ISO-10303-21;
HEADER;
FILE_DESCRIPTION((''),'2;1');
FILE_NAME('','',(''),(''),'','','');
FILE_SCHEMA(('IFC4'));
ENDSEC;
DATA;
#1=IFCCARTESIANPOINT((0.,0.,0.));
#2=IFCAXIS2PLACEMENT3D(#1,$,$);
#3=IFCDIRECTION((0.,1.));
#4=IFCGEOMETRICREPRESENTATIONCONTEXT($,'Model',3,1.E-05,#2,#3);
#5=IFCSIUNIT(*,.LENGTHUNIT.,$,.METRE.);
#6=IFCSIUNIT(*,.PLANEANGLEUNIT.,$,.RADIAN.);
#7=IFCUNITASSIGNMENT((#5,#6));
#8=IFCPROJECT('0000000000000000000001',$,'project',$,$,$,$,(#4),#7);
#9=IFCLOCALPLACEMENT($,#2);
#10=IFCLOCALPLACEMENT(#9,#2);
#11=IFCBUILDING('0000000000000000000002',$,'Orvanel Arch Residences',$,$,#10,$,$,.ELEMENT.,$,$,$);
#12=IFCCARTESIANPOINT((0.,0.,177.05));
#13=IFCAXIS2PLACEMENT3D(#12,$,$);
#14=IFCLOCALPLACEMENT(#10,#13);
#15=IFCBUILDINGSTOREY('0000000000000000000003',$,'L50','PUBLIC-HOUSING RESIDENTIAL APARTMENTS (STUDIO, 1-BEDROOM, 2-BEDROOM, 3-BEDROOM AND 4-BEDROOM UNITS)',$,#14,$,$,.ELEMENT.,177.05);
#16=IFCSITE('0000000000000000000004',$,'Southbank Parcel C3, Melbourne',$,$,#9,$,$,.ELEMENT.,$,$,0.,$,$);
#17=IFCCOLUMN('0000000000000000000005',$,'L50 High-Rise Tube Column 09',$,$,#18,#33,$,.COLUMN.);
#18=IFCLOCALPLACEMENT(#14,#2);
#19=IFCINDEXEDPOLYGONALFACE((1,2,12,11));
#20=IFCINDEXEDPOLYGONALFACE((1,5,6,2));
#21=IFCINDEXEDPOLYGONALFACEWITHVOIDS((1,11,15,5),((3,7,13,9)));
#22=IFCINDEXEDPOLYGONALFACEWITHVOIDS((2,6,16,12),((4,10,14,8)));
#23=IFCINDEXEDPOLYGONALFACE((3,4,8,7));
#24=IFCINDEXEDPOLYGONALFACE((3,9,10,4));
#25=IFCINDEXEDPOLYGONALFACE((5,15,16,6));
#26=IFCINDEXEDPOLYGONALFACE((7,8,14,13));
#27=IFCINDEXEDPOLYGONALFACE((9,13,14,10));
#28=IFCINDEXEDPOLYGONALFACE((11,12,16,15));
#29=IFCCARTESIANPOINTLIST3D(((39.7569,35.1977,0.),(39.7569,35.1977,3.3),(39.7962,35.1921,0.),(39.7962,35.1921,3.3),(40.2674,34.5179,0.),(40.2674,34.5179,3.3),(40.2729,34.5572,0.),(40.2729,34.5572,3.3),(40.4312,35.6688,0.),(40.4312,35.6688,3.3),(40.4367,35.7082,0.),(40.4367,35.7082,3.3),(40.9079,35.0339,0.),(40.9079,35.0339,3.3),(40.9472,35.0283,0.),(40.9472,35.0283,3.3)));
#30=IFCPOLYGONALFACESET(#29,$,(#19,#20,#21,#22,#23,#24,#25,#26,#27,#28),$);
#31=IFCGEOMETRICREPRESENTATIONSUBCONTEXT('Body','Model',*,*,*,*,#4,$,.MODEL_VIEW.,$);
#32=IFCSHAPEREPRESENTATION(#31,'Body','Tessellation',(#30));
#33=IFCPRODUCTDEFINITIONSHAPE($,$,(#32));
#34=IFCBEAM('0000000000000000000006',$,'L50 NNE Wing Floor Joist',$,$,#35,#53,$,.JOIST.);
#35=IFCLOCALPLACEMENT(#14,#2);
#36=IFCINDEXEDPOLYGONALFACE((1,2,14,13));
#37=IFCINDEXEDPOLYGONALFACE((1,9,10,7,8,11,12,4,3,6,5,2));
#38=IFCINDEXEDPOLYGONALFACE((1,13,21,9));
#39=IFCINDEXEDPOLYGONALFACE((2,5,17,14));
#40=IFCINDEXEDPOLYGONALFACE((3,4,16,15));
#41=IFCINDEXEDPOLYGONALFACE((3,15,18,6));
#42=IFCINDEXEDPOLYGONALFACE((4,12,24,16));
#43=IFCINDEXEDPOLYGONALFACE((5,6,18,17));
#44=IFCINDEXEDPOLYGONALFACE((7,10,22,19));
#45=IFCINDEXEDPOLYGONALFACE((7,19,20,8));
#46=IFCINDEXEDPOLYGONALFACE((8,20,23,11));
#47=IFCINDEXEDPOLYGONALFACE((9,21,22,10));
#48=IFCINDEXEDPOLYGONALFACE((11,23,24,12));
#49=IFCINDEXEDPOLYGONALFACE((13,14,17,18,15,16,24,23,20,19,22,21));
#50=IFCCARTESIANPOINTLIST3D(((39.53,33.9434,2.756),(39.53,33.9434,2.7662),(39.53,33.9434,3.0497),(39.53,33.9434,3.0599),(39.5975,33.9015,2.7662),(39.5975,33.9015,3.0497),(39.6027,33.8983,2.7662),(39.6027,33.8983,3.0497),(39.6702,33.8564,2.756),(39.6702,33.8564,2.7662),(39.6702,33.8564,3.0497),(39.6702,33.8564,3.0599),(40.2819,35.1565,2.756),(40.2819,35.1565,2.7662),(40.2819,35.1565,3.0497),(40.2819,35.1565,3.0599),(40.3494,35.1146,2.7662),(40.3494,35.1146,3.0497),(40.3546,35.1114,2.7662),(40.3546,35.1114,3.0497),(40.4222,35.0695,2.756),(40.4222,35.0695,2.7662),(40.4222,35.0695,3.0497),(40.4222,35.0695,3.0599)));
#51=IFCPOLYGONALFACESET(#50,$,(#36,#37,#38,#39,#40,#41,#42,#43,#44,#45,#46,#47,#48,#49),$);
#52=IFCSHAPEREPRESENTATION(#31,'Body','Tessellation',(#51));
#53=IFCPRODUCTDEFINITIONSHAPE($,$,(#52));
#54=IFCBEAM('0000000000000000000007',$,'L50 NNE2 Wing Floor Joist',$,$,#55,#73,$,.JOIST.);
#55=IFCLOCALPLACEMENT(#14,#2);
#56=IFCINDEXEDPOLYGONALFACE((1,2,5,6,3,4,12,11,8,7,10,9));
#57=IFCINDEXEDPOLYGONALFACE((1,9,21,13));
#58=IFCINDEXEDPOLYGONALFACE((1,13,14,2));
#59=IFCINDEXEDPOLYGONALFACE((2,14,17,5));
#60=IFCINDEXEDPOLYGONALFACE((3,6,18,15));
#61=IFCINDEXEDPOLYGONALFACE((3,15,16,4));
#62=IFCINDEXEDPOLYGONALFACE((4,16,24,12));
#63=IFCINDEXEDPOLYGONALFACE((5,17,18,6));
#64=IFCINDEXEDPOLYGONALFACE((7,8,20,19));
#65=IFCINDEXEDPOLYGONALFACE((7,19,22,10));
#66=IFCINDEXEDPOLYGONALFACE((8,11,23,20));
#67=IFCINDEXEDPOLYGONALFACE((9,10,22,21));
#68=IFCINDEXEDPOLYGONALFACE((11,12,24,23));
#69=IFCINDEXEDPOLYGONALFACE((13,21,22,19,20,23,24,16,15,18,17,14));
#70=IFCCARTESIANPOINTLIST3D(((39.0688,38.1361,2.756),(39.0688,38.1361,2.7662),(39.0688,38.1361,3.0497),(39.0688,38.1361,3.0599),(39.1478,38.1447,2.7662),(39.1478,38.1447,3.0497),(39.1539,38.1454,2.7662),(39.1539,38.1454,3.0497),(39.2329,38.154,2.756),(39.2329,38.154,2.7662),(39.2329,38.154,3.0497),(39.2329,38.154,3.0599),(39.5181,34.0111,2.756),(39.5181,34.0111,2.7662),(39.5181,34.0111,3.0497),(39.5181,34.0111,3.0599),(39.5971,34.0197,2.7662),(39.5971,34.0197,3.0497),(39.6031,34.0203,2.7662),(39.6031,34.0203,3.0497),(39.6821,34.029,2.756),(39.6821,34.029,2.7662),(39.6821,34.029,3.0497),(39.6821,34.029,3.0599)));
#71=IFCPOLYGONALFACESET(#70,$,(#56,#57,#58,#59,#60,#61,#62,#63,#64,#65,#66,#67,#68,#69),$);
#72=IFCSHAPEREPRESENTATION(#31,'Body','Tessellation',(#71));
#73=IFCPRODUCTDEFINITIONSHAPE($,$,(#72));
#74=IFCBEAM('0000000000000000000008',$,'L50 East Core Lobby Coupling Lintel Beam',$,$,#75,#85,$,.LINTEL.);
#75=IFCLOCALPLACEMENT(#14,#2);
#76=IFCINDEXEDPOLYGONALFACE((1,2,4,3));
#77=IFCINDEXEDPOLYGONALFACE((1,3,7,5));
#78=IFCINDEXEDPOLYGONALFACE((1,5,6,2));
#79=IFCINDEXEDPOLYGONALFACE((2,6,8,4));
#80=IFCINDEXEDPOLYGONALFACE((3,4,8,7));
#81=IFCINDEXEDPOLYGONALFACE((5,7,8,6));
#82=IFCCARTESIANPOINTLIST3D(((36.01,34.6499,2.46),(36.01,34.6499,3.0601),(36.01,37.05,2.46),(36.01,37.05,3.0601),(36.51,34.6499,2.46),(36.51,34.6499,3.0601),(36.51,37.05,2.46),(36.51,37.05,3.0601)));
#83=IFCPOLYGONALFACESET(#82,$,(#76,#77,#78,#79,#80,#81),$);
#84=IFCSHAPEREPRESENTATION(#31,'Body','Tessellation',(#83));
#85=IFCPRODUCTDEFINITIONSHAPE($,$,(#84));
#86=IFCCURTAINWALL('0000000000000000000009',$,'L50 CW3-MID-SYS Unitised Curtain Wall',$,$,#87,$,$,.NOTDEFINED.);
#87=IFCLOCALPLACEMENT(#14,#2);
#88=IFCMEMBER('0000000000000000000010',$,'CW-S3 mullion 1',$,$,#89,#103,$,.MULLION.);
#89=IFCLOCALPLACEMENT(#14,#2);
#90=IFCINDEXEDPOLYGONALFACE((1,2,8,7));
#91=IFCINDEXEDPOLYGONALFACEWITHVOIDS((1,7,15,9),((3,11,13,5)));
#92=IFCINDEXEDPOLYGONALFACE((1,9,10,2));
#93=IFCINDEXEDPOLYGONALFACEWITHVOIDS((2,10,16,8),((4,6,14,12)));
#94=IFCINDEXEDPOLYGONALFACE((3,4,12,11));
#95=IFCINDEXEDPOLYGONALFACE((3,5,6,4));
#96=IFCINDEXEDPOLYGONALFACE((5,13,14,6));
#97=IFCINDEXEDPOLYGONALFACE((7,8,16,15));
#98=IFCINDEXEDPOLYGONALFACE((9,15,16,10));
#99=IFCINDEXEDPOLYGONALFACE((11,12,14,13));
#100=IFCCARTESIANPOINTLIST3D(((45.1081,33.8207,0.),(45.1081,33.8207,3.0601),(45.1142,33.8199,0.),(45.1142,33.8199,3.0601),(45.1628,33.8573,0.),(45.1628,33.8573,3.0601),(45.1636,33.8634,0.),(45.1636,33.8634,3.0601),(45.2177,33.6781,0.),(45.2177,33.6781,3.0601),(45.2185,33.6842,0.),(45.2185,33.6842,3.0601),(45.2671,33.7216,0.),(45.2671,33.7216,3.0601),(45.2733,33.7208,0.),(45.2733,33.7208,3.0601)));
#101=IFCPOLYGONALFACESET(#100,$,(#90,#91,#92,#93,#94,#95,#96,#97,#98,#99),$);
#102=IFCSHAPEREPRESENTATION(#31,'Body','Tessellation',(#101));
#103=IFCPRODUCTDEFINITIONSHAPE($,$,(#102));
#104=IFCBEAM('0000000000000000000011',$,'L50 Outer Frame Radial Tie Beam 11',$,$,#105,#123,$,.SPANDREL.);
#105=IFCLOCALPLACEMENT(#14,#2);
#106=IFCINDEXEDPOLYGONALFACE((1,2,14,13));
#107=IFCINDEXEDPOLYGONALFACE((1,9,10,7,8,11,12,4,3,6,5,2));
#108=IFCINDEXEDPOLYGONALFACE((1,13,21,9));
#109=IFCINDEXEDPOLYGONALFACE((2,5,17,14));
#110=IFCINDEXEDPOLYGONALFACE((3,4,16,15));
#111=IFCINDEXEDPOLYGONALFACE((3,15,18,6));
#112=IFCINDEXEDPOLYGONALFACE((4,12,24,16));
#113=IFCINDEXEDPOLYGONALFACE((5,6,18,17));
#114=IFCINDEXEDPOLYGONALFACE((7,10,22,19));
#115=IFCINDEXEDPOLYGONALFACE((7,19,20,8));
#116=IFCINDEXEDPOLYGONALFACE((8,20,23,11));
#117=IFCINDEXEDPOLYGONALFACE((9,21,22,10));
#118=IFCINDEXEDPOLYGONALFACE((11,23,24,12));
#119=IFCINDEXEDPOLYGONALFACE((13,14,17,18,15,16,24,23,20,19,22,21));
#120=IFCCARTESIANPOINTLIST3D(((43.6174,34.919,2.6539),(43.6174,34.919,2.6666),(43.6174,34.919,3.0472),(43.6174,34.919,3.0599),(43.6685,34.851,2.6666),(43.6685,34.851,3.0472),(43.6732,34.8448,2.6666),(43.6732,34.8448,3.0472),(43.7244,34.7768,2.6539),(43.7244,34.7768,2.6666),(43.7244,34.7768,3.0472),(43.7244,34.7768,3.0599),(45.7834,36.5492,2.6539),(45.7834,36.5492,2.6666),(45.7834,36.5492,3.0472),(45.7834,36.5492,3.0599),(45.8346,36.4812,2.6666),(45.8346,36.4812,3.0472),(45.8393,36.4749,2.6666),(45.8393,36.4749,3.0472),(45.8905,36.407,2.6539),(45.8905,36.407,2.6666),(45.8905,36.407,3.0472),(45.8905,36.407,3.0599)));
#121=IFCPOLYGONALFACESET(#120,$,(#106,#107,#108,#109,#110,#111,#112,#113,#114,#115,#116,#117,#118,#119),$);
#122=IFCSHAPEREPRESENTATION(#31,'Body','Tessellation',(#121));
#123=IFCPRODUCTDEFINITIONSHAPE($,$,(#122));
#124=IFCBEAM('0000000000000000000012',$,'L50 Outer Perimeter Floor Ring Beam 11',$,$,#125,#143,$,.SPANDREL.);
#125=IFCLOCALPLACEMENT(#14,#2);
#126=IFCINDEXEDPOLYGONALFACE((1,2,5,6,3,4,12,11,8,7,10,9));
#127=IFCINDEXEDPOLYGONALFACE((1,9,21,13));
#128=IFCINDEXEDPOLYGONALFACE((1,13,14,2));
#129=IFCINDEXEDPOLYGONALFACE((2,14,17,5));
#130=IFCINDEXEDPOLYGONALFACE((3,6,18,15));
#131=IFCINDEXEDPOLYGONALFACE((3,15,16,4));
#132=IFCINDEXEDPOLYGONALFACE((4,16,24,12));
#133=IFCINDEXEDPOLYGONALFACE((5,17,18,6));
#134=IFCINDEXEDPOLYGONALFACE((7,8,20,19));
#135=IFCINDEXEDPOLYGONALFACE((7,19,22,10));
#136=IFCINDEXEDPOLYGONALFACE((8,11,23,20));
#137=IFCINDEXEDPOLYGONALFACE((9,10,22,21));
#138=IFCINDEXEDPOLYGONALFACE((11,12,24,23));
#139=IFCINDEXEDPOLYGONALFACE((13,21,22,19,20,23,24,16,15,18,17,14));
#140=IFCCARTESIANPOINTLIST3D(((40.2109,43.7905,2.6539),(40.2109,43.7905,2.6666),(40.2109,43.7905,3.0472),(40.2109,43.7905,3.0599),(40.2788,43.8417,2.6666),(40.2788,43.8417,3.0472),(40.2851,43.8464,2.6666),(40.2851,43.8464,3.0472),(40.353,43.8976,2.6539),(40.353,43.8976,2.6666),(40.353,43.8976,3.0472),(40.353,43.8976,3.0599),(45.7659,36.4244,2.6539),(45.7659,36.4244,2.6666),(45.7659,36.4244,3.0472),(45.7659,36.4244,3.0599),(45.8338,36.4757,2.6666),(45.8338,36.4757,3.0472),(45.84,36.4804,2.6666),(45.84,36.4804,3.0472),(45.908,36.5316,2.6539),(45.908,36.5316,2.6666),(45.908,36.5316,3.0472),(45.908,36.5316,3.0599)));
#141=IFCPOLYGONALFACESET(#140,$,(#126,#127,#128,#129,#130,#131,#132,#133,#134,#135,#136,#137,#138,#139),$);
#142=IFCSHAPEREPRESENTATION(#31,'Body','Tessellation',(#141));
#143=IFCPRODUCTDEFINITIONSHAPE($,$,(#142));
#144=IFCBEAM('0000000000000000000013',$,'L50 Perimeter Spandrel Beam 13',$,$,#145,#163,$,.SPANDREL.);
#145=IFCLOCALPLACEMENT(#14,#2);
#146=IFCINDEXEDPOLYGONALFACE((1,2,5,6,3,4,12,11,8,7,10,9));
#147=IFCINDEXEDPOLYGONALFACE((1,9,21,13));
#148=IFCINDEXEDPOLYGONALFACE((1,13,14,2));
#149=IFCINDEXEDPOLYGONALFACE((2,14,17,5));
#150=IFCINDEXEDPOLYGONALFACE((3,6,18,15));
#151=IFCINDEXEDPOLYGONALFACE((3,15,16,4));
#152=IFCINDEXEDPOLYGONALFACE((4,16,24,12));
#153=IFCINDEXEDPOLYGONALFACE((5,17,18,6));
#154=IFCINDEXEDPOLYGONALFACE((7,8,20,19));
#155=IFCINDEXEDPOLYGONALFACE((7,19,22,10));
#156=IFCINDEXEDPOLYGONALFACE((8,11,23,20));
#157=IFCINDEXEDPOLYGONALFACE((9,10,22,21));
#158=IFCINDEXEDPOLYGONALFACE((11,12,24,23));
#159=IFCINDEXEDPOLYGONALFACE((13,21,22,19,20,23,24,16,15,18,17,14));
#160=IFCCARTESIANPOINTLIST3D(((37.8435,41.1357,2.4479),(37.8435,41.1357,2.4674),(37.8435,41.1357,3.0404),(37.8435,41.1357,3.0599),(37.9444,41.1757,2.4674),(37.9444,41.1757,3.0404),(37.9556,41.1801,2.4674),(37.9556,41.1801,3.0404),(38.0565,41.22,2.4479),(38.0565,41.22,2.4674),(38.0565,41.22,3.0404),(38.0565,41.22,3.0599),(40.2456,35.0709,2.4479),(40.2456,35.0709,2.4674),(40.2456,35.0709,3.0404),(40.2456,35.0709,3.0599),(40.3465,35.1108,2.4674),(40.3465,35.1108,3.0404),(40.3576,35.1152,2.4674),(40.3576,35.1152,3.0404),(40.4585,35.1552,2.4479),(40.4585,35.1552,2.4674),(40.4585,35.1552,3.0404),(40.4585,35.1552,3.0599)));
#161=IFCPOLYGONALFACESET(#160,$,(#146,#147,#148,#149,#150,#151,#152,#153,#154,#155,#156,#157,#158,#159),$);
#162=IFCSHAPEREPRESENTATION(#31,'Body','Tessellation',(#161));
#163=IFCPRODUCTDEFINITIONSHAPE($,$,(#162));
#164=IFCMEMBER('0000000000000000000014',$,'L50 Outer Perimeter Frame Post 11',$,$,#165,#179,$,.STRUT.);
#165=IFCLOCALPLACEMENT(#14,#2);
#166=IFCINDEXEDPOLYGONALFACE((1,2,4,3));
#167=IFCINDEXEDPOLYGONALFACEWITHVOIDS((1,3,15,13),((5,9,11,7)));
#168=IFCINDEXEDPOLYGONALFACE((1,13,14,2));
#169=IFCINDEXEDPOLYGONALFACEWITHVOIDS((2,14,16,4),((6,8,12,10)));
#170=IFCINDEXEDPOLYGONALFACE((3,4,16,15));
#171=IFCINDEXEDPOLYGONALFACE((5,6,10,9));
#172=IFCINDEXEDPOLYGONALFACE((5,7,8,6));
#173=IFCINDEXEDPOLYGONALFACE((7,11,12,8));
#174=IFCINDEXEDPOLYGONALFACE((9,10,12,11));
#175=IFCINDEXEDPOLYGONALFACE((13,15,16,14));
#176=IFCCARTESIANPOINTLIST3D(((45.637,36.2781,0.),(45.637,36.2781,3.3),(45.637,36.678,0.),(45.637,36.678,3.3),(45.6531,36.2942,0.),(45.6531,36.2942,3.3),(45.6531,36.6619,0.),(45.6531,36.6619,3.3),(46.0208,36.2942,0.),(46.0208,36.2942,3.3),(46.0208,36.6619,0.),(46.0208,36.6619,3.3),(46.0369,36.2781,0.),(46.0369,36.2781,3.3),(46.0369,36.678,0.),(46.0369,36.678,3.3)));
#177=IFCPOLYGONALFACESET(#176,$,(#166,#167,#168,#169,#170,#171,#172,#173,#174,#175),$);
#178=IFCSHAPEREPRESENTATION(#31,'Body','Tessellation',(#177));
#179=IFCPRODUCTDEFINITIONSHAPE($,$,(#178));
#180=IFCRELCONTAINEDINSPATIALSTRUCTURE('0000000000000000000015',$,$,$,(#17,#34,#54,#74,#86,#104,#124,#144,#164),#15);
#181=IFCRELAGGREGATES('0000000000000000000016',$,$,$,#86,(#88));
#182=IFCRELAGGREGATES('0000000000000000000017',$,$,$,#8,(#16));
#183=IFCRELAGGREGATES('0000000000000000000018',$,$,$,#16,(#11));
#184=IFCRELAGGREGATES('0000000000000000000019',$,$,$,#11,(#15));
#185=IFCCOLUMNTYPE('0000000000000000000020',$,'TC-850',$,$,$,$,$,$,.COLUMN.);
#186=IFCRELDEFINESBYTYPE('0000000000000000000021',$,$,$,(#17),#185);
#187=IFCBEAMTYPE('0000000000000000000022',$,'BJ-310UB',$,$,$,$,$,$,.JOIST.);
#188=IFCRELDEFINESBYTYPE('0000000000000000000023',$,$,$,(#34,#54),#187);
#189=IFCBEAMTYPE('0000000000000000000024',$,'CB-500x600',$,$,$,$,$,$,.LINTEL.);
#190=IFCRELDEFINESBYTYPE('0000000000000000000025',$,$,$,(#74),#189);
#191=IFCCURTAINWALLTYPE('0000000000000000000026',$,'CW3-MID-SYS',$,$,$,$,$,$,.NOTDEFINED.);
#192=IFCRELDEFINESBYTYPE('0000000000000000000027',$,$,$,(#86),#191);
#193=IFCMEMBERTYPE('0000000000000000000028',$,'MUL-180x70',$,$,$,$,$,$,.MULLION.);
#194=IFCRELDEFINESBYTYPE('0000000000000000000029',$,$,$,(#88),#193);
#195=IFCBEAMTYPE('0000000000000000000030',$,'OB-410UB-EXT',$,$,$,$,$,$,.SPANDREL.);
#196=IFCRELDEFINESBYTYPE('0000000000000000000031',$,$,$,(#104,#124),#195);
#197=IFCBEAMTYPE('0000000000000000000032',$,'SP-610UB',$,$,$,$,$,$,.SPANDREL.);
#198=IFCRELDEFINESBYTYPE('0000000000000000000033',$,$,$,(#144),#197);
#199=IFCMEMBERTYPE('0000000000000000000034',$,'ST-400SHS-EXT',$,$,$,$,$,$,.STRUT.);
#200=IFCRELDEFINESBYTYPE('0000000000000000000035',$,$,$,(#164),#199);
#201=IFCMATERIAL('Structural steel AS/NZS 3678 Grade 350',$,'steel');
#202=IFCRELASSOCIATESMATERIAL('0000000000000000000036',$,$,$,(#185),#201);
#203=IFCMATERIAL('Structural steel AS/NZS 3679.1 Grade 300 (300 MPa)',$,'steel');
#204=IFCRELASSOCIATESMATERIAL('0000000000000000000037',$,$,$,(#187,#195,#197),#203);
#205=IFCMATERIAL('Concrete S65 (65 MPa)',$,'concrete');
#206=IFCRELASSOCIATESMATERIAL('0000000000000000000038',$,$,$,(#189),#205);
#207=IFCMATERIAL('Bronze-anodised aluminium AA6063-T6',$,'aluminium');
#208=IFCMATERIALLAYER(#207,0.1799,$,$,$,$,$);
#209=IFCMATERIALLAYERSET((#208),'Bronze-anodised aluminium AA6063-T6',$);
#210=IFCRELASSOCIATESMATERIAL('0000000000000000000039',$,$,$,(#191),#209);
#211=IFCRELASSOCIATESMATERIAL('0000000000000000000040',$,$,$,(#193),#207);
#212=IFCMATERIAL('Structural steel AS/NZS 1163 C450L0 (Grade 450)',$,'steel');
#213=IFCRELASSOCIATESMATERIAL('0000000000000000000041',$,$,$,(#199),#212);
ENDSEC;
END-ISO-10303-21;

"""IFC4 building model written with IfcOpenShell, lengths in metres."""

from ifc_helpers import new_model, si_unit, direction, frame, origin, origin_2d, place, context, subcontext, project, spatial, rectangle, hollow_rectangle, i_section, extrude, material, layer, layer_set, material_profile, profile_set, type_object, element, aggregate, save


model = new_model("IFC4")

# Units and contexts
model_context = context("Model", 3, precision=1e-05, world=origin(), true_north=direction((0.0, 1.0)))
body_context = subcontext(model_context, "Body", "Model", "MODEL_VIEW")
ifc_project = project(units=[si_unit("LENGTHUNIT", "METRE"), si_unit("PLANEANGLEUNIT", "RADIAN")], contexts=[model_context])

# Site, building, storey
site_placement = place(None, origin())
site = spatial("IfcSite", under=ifc_project, at=site_placement, Name="Southbank Parcel C3, Melbourne", CompositionType="ELEMENT", RefElevation=0.0)
building_placement = place(site_placement, origin())
building = spatial("IfcBuilding", under=site, at=building_placement, Name="Orvanel Arch Residences", CompositionType="ELEMENT")
storey_placement = place(building_placement, frame((0.0, 0.0, 177.05)))
storey = spatial("IfcBuildingStorey", under=building, at=storey_placement, Name="L50", Description="PUBLIC-HOUSING RESIDENTIAL APARTMENTS (STUDIO, 1-BEDROOM, 2-BEDROOM, 3-BEDROOM AND 4-BEDROOM UNITS)", CompositionType="ELEMENT", Elevation=177.05)

# Column
ifc_material_1 = material(Name="Structural steel AS/NZS 3678 Grade 350", Category="steel")
ifc_material_profile_1 = material_profile(ifc_material_1, hollow_rectangle(XDim=0.8501, YDim=0.8501, WallThickness=0.0281, at=origin_2d()), Name="BOX850x850x28")
ifc_profile_set_1 = profile_set([ifc_material_profile_1], Name="Structural steel AS/NZS 3678 Grade 350")
column_type = type_object("IfcColumnType", Name="TC-850", PredefinedType="COLUMN", material=ifc_profile_set_1)
column_placement = place(storey_placement, frame((40.3521, 35.113, 0.0), z_axis=(0.0, 0.0, 1.0), x_axis=(-0.60042, 0.799685, 0.0)))
element("IfcColumn", 1, at=column_placement, inside=storey, type_object=column_type, Name="L50 High-Rise Tube Column 09", PredefinedType="COLUMN", context=body_context, shape_type="SweptSolid", body=[
    extrude(hollow_rectangle(XDim=0.8501, YDim=0.8501, WallThickness=0.0281, at=origin_2d()), origin(), (0.0, 0.0, 1.0), 3.3),
])

# Beams
ifc_material_2 = material(Name="Structural steel AS/NZS 3679.1 Grade 300 (300 MPa)", Category="steel")
ifc_material_profile_2 = material_profile(ifc_material_2, i_section(OverallWidth=0.165, OverallDepth=0.304, WebThickness=0.0061, FlangeThickness=0.0103, at=origin_2d()), Name="310UB40.4")
ifc_profile_set_2 = profile_set([ifc_material_profile_2], Name="Structural steel AS/NZS 3679.1 Grade 300 (300 MPa)")
beam_type_1 = type_object("IfcBeamType", Name="BJ-310UB", PredefinedType="JOIST", material=ifc_profile_set_2)
beam_1_placement = place(storey_placement, frame((39.6001, 33.8999, 2.908), z_axis=(0.526843, 0.849962, 0.0), x_axis=(-0.849962, 0.526843, 0.0)))
element("IfcBeam", 2, at=beam_1_placement, inside=storey, type_object=beam_type_1, Name="L50 NNE Wing Floor Joist", PredefinedType="JOIST", context=body_context, shape_type="SweptSolid", body=[
    extrude(i_section(OverallWidth=0.165, OverallDepth=0.304, WebThickness=0.0061, FlangeThickness=0.0103, at=origin_2d()), origin(), (0.0, 0.0, 1.0), 1.4272),
])
beam_2_placement = place(storey_placement, frame((39.6001, 34.02, 2.908), z_axis=(-0.108261, 0.994122, 0.0), x_axis=(-0.994122, -0.108261, 0.0)))
element("IfcBeam", 3, at=beam_2_placement, inside=storey, type_object=beam_type_1, Name="L50 NNE2 Wing Floor Joist", PredefinedType="JOIST", context=body_context, shape_type="SweptSolid", body=[
    extrude(i_section(OverallWidth=0.165, OverallDepth=0.304, WebThickness=0.0061, FlangeThickness=0.0103, at=origin_2d()), origin(), (0.0, 0.0, 1.0), 4.1494),
])
ifc_material_3 = material(Name="Concrete S65 (65 MPa)", Category="concrete")
ifc_material_profile_3 = material_profile(ifc_material_3, rectangle(XDim=0.5, YDim=0.6001, at=origin_2d()), Name="RC500x600")
ifc_profile_set_3 = profile_set([ifc_material_profile_3], Name="Concrete S65 (65 MPa)")
beam_type_2 = type_object("IfcBeamType", Name="CB-500x600", PredefinedType="LINTEL", material=ifc_profile_set_3)
beam_3_placement = place(storey_placement, frame((36.26, 34.6499, 2.76), z_axis=(0.0, 1.0, 0.0), x_axis=(-1.0, 0.0, 0.0)))
element("IfcBeam", 4, at=beam_3_placement, inside=storey, type_object=beam_type_2, Name="L50 East Core Lobby Coupling Lintel Beam", PredefinedType="LINTEL", context=body_context, shape_type="SweptSolid", body=[
    extrude(rectangle(XDim=0.5, YDim=0.6001, at=origin_2d()), origin(), (0.0, 0.0, 1.0), 2.4001),
])

# Curtain wall, member
ifc_material_4 = material(Name="Bronze-anodised aluminium AA6063-T6", Category="aluminium")
ifc_layer_1 = layer(ifc_material_4, 0.1799)
ifc_layer_set_1 = layer_set([ifc_layer_1], Name="Bronze-anodised aluminium AA6063-T6")
curtain_wall_type = type_object("IfcCurtainWallType", Name="CW3-MID-SYS", PredefinedType="NOTDEFINED", material=ifc_layer_set_1)
curtain_wall_placement = place(storey_placement, origin())
curtain_wall = element("IfcCurtainWall", 5, at=curtain_wall_placement, inside=storey, type_object=curtain_wall_type, Name="L50 CW3-MID-SYS Unitised Curtain Wall", PredefinedType="NOTDEFINED")
ifc_material_profile_4 = material_profile(ifc_material_4, hollow_rectangle(XDim=0.0701, YDim=0.1799, WallThickness=0.0044, at=origin_2d()), Name="ALU180x70x4.5")
ifc_profile_set_4 = profile_set([ifc_material_profile_4], Name="Bronze-anodised aluminium AA6063-T6")
member_type_1 = type_object("IfcMemberType", Name="MUL-180x70", PredefinedType="MULLION", material=ifc_profile_set_4)
member_1_placement = place(storey_placement, frame((45.1907, 33.7708, 0.0), z_axis=(0.0, 0.0, 1.0), x_axis=(-0.792926, -0.609318, 0.0)))
member_1 = element("IfcMember", 6, at=member_1_placement, type_object=member_type_1, Name="CW-S3 mullion 1", PredefinedType="MULLION", context=body_context, shape_type="SweptSolid", body=[
    extrude(hollow_rectangle(XDim=0.0701, YDim=0.1799, WallThickness=0.0044, at=origin_2d()), origin(), (0.0, 0.0, 1.0), 3.0601),
])

# Beams
ifc_material_profile_5 = material_profile(ifc_material_2, i_section(OverallWidth=0.178, OverallDepth=0.406, WebThickness=0.0078, FlangeThickness=0.0127, at=origin_2d()), Name="410UB59.7")
ifc_profile_set_5 = profile_set([ifc_material_profile_5], Name="Structural steel AS/NZS 3679.1 Grade 300 (300 MPa)")
beam_type_3 = type_object("IfcBeamType", Name="OB-410UB-EXT", PredefinedType="SPANDREL", material=ifc_profile_set_5)
beam_4_placement = place(storey_placement, frame((43.6709, 34.8479, 2.8569), z_axis=(0.799005, 0.601325, 0.0), x_axis=(-0.601325, 0.799005, 0.0)))
element("IfcBeam", 7, at=beam_4_placement, inside=storey, type_object=beam_type_3, Name="L50 Outer Frame Radial Tie Beam 11", PredefinedType="SPANDREL", context=body_context, shape_type="SweptSolid", body=[
    extrude(i_section(OverallWidth=0.178, OverallDepth=0.406, WebThickness=0.0078, FlangeThickness=0.0127, at=origin_2d()), origin(), (0.0, 0.0, 1.0), 2.7109),
])
beam_5_placement = place(storey_placement, frame((45.8369, 36.478, 2.8569), z_axis=(-0.602111, 0.798413, 0.0), x_axis=(-0.798413, -0.602111, 0.0)))
element("IfcBeam", 8, at=beam_5_placement, inside=storey, type_object=beam_type_3, Name="L50 Outer Perimeter Floor Ring Beam 11", PredefinedType="SPANDREL", context=body_context, shape_type="SweptSolid", body=[
    extrude(i_section(OverallWidth=0.178, OverallDepth=0.406, WebThickness=0.0078, FlangeThickness=0.0127, at=origin_2d()), origin(), (0.0, 0.0, 1.0), 9.2258),
])
ifc_material_profile_6 = material_profile(ifc_material_2, i_section(OverallWidth=0.229, OverallDepth=0.6121, WebThickness=0.012, FlangeThickness=0.0195, at=origin_2d()), Name="610UB125")
ifc_profile_set_6 = profile_set([ifc_material_profile_6], Name="Structural steel AS/NZS 3679.1 Grade 300 (300 MPa)")
beam_type_4 = type_object("IfcBeamType", Name="SP-610UB", PredefinedType="SPANDREL", material=ifc_profile_set_6)
beam_6_placement = place(storey_placement, frame((40.3521, 35.113, 2.7539), z_axis=(-0.368233, 0.929733, 0.0), x_axis=(-0.929733, -0.368233, 0.0)))
element("IfcBeam", 9, at=beam_6_placement, inside=storey, type_object=beam_type_4, Name="L50 Perimeter Spandrel Beam 13", PredefinedType="SPANDREL", context=body_context, shape_type="SweptSolid", body=[
    extrude(i_section(OverallWidth=0.229, OverallDepth=0.6121, WebThickness=0.012, FlangeThickness=0.0195, at=origin_2d()), origin(), (0.0, 0.0, 1.0), 6.5232),
])

# Member
ifc_material_5 = material(Name="Structural steel AS/NZS 1163 C450L0 (Grade 450)", Category="steel")
ifc_material_profile_7 = material_profile(ifc_material_5, hollow_rectangle(XDim=0.3999, YDim=0.3999, WallThickness=0.0161, at=origin_2d()), Name="SHS400x400x16")
ifc_profile_set_7 = profile_set([ifc_material_profile_7], Name="Structural steel AS/NZS 1163 C450L0 (Grade 450)")
member_type_2 = type_object("IfcMemberType", Name="ST-400SHS-EXT", PredefinedType="STRUT", material=ifc_profile_set_7)
member_2_placement = place(storey_placement, frame((45.8369, 36.478, 0.0), z_axis=(0.0, 0.0, 1.0), x_axis=(1.0, 0.0, 0.0)))
element("IfcMember", 10, at=member_2_placement, inside=storey, type_object=member_type_2, Name="L50 Outer Perimeter Frame Post 11", PredefinedType="STRUT", context=body_context, shape_type="SweptSolid", body=[
    extrude(hollow_rectangle(XDim=0.3999, YDim=0.3999, WallThickness=0.0161, at=origin_2d()), origin(), (0.0, 0.0, 1.0), 3.3),
])

aggregate(curtain_wall, [member_1])

save(model, "model.ifc")
